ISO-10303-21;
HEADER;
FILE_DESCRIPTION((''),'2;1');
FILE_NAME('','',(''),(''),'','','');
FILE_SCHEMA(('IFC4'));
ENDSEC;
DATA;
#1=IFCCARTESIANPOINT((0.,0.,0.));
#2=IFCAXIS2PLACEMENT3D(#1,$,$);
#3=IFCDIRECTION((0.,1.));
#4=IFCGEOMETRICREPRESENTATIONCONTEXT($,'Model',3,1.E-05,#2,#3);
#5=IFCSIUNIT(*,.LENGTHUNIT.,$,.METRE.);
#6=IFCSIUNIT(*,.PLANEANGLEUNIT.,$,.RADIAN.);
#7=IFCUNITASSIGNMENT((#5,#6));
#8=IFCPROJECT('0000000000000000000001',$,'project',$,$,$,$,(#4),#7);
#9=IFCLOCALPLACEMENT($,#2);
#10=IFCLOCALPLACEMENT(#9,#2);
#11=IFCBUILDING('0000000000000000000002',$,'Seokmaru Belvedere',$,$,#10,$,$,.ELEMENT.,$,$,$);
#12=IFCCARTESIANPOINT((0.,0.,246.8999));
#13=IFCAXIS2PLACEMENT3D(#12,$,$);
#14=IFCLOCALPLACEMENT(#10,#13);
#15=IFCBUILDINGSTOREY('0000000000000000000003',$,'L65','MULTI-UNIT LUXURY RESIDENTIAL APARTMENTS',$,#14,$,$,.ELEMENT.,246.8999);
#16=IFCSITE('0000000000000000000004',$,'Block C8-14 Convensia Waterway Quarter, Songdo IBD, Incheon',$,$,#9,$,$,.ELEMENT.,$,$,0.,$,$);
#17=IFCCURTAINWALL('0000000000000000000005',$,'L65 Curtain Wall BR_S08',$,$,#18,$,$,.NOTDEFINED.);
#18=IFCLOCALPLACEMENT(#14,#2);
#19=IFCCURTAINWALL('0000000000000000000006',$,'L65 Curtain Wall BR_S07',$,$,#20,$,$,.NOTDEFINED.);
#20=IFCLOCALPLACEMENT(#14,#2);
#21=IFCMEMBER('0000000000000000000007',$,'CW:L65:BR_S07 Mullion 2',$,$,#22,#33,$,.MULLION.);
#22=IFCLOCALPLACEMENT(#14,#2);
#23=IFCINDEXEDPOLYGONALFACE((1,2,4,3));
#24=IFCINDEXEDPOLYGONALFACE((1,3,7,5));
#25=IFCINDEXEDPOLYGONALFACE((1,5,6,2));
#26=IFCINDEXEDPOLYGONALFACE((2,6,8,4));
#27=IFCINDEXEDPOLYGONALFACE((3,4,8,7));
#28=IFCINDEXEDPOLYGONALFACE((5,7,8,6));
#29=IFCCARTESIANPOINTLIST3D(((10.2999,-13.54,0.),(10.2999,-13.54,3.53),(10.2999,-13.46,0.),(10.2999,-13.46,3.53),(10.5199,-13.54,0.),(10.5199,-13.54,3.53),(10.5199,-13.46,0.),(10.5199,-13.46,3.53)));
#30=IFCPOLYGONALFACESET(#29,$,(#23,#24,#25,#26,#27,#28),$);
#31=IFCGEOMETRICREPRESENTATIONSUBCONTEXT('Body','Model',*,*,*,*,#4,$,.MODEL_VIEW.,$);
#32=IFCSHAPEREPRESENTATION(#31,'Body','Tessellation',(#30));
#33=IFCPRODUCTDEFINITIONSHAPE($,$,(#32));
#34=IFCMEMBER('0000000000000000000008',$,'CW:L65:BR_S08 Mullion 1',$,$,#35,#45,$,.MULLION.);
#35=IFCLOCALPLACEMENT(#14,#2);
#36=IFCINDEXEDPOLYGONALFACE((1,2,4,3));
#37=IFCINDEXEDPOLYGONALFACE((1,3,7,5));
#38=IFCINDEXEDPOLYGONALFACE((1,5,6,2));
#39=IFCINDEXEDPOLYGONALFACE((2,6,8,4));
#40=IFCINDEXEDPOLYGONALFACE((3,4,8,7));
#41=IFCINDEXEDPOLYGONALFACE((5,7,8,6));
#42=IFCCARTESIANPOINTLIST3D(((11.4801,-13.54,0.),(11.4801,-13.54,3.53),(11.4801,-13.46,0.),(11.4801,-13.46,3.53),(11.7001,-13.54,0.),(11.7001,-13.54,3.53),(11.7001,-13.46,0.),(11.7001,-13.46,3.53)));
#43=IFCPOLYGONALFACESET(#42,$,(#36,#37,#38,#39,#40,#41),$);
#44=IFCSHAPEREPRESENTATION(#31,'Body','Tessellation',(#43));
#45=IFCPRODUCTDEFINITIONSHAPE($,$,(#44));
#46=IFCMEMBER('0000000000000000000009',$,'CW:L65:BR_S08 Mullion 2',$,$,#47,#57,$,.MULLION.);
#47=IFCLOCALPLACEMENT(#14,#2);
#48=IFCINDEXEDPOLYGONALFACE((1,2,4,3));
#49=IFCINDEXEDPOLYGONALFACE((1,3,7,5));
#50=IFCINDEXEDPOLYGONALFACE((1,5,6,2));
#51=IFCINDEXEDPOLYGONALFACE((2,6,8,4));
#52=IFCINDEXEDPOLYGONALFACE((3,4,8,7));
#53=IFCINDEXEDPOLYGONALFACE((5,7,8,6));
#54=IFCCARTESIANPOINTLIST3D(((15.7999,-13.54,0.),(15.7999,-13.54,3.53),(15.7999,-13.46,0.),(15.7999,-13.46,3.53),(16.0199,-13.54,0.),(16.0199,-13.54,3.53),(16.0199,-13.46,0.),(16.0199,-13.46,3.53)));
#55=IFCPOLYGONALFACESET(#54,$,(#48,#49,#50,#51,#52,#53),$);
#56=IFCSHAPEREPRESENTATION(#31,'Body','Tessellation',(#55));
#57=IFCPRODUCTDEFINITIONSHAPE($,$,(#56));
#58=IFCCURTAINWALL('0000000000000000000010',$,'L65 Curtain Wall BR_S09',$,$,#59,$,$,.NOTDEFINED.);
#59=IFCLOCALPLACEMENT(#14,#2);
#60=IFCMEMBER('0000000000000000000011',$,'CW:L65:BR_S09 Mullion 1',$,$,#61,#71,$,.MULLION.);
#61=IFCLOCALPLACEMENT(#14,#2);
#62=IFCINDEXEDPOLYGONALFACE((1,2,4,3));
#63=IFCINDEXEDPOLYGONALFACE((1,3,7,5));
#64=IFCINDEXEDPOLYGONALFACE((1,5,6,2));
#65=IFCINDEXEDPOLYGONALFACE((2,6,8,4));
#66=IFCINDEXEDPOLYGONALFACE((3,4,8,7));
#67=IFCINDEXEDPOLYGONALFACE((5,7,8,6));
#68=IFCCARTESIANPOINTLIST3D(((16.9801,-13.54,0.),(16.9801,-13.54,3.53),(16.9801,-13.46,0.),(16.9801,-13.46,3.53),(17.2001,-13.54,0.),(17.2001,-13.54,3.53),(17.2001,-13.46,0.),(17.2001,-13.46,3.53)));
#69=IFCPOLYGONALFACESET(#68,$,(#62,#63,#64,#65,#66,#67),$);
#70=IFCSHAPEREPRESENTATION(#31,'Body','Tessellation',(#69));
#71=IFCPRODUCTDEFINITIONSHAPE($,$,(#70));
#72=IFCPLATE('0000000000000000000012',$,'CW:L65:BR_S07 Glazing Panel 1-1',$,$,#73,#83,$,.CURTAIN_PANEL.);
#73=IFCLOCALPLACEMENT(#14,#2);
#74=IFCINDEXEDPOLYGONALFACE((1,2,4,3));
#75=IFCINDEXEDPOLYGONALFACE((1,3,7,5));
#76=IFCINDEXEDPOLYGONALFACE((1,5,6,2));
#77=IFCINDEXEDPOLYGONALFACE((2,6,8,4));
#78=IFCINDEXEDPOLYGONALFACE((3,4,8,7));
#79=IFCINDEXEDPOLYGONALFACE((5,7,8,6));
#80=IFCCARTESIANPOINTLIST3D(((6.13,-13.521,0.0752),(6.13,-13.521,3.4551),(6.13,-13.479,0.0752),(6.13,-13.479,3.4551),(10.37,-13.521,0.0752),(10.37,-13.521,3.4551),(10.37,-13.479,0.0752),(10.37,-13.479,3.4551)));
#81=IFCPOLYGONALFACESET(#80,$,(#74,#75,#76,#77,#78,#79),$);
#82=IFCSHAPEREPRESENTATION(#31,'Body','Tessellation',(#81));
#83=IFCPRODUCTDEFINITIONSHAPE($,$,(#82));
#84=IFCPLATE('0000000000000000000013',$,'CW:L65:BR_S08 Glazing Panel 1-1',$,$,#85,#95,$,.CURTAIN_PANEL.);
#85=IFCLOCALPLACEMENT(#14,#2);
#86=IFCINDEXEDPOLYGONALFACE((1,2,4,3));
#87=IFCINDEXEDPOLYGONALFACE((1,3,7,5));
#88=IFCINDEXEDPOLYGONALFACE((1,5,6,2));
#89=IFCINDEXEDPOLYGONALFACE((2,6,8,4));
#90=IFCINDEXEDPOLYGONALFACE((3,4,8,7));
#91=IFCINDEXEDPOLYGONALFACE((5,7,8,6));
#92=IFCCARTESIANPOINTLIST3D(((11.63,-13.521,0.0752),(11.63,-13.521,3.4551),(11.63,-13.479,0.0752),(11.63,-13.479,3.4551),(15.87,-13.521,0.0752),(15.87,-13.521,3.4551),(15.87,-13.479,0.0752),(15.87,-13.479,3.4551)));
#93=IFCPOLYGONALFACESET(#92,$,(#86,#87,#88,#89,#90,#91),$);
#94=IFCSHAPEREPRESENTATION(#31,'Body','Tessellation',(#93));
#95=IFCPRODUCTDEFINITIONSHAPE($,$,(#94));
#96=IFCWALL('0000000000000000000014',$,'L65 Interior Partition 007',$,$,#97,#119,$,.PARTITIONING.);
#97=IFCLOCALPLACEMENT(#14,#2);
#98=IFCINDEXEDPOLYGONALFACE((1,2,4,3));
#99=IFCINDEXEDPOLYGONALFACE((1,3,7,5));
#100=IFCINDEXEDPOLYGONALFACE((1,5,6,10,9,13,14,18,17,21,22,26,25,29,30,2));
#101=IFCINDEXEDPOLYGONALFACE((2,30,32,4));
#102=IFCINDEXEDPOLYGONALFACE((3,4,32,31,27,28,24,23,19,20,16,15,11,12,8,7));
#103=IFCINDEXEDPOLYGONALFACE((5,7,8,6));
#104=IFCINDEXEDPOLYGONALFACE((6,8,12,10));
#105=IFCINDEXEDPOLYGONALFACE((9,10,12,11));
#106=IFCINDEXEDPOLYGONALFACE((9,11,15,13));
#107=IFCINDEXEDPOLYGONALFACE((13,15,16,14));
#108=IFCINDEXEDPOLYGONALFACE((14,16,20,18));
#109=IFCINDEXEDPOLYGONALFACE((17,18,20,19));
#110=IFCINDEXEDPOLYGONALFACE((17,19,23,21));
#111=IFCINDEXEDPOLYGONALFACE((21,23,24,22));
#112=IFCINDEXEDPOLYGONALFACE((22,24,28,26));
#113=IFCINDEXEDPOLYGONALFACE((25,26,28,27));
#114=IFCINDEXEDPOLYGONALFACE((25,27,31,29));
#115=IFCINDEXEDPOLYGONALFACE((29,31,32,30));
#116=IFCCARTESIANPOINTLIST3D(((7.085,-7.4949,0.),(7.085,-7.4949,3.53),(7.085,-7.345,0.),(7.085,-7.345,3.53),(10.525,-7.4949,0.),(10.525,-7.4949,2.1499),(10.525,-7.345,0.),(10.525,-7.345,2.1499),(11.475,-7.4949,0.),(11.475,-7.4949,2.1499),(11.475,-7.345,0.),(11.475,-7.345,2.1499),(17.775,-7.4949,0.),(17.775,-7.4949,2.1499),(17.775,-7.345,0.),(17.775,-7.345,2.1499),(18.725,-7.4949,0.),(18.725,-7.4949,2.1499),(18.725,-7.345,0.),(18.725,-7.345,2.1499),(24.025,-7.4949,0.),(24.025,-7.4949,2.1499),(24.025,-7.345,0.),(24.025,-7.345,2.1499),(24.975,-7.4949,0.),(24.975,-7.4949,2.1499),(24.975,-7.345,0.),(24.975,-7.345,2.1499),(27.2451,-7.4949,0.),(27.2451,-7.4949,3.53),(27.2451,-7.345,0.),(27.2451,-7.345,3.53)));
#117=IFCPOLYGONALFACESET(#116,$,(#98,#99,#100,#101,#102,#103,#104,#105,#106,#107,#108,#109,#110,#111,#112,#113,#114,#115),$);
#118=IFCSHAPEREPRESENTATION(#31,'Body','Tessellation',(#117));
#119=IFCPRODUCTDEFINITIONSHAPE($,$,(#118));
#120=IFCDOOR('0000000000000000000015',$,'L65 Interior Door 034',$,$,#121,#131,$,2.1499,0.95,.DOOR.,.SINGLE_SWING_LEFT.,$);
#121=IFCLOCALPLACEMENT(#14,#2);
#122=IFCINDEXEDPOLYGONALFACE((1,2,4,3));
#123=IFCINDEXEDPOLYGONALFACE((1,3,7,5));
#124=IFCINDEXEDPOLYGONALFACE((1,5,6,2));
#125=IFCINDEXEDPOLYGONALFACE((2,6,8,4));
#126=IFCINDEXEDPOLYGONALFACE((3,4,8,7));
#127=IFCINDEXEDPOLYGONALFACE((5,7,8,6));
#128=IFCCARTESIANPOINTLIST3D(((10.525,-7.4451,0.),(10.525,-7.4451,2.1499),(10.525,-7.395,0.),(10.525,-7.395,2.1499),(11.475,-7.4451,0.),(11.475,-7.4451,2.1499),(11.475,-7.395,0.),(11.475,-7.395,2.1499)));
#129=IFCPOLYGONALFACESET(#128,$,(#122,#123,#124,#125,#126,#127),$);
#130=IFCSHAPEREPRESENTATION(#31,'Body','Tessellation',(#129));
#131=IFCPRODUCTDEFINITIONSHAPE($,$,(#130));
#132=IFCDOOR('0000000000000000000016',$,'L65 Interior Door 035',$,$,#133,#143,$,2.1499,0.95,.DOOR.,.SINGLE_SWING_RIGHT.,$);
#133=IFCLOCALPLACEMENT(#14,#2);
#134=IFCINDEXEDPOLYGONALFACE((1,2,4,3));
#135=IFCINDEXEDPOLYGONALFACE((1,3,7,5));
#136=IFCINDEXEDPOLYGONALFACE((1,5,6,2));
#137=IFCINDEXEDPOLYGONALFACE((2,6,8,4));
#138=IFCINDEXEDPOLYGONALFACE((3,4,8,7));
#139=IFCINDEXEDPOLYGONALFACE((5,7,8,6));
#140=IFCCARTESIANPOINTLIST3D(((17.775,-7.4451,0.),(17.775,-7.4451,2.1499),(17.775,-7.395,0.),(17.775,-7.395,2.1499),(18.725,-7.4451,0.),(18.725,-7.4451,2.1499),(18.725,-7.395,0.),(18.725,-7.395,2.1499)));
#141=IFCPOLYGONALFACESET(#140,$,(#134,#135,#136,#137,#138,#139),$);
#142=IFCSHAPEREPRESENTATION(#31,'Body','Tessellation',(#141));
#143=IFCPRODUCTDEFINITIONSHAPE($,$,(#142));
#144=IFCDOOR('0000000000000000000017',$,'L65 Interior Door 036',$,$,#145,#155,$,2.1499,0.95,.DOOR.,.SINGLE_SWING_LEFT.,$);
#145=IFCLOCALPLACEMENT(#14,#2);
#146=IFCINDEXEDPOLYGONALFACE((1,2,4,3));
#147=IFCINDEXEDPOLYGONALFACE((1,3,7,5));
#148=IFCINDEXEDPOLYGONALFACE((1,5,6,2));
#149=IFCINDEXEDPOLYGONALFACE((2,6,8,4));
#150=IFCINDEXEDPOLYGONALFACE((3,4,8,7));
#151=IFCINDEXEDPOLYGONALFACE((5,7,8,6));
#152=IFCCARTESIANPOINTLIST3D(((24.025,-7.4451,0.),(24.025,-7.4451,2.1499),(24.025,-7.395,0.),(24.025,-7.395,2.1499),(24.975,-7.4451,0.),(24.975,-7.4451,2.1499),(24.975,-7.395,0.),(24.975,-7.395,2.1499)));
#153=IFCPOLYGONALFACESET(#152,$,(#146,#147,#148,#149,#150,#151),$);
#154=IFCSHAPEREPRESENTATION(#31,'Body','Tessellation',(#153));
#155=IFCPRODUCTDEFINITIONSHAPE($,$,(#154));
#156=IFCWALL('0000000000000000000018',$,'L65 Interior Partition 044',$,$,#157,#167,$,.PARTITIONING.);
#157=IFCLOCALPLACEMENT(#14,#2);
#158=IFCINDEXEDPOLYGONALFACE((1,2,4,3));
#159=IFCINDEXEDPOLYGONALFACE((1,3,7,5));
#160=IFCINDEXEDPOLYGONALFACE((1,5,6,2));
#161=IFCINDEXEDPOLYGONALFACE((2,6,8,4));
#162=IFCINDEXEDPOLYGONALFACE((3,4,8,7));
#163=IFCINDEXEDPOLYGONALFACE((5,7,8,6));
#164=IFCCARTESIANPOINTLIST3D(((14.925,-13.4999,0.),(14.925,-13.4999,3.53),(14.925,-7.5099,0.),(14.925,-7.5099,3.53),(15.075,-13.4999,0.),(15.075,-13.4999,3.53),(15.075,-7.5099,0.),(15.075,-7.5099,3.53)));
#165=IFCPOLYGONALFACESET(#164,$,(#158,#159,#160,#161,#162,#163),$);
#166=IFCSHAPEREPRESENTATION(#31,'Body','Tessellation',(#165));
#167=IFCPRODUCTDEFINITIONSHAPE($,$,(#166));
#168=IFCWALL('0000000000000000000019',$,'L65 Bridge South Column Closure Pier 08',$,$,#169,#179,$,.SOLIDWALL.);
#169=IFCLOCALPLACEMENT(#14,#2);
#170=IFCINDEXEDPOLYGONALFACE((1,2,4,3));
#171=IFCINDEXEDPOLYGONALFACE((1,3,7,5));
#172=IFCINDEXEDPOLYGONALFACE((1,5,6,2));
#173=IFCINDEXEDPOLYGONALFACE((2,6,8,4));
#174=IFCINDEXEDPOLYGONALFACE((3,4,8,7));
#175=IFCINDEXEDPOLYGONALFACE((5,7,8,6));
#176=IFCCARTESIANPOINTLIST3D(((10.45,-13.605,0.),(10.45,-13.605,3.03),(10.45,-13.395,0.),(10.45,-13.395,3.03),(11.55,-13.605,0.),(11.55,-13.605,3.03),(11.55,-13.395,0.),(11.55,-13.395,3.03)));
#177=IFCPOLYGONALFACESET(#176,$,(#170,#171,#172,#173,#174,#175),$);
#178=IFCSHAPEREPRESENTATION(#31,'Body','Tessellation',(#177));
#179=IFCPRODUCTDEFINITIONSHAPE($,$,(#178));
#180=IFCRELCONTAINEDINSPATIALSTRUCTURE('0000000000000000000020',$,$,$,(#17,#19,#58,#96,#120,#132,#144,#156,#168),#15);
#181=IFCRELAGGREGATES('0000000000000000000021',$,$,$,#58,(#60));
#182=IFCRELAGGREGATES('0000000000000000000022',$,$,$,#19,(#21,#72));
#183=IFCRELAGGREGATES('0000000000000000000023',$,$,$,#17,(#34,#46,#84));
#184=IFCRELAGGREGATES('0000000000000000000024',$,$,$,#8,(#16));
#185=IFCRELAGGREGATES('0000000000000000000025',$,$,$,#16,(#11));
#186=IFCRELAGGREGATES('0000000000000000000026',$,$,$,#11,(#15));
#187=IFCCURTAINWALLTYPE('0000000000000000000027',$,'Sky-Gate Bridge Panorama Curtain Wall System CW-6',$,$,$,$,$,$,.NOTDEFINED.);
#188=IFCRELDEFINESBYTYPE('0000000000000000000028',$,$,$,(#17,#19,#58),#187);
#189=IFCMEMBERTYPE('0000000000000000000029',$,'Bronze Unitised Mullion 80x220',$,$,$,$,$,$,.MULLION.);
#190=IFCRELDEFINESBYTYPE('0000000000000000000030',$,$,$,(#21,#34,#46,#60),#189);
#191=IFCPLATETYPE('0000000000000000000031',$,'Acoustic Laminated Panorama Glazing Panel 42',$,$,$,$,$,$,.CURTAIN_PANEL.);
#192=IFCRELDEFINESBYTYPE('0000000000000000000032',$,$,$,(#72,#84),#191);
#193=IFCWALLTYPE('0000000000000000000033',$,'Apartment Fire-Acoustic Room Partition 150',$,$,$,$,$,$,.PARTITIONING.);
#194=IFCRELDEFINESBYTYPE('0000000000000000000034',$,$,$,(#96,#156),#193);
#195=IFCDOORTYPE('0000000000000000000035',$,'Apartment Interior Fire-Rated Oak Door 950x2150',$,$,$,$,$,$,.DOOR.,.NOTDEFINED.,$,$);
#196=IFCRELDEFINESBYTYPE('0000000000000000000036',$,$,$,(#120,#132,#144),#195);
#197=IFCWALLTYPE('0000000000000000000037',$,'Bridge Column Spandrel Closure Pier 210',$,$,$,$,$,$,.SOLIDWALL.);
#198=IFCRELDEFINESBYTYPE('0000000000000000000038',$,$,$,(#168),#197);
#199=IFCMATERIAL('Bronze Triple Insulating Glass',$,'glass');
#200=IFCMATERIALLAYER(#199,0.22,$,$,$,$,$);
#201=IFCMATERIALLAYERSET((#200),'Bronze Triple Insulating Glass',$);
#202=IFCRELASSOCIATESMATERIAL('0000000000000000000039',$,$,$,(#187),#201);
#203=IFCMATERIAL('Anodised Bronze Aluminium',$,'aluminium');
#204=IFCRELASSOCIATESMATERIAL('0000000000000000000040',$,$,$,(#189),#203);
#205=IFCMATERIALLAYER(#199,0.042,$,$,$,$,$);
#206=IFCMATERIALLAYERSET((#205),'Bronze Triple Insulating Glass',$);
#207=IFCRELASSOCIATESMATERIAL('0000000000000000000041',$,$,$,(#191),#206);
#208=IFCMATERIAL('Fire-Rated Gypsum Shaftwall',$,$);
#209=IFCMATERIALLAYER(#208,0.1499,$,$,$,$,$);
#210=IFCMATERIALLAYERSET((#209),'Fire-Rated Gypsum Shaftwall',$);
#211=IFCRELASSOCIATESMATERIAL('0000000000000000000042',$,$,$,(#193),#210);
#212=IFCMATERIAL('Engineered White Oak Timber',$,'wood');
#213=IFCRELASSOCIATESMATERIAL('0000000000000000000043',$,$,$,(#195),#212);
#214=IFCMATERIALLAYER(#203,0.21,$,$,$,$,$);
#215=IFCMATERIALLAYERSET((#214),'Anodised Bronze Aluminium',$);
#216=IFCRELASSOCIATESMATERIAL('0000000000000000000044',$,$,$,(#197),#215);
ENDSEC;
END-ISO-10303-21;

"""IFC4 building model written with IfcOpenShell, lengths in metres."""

from ifc_helpers import new_model, si_unit, direction, frame, frame_2d, origin, origin_2d, place, context, subcontext, project, spatial, rectangle, extrude, source, transform, mapped, material, layer, layer_set, material_profile, profile_set, type_object, type_shapes, element, fill, aggregate, save


model = new_model("IFC4")

# Units and contexts
model_context = context("Model", 3, precision=1e-05, world=origin(), true_north=direction((0.0, 1.0)))
body_context = subcontext(model_context, "Body", "Model", "MODEL_VIEW")
ifc_project = project(units=[si_unit("LENGTHUNIT", "METRE"), si_unit("PLANEANGLEUNIT", "RADIAN")], contexts=[model_context])

# Site, building, storey
site_placement = place(None, origin())
site = spatial("IfcSite", under=ifc_project, at=site_placement, Name="Block C8-14 Convensia Waterway Quarter, Songdo IBD, Incheon", CompositionType="ELEMENT", RefElevation=0.0)
building_placement = place(site_placement, origin())
building = spatial("IfcBuilding", under=site, at=building_placement, Name="Seokmaru Belvedere", CompositionType="ELEMENT")
storey_placement = place(building_placement, frame((0.0, 0.0, 246.8999)))
storey = spatial("IfcBuildingStorey", under=building, at=storey_placement, Name="L65", Description="MULTI-UNIT LUXURY RESIDENTIAL APARTMENTS", CompositionType="ELEMENT", Elevation=246.8999)

# Curtain wall
ifc_material_1 = material(Name="Bronze Triple Insulating Glass", Category="glass")
ifc_layer_1 = layer(ifc_material_1, 0.22)
ifc_layer_set_1 = layer_set([ifc_layer_1], Name="Bronze Triple Insulating Glass")
curtain_wall_type = type_object("IfcCurtainWallType", Name="Sky-Gate Bridge Panorama Curtain Wall System CW-6", PredefinedType="NOTDEFINED", material=ifc_layer_set_1)
curtain_wall_1_placement = place(storey_placement, origin())
curtain_wall_1 = element("IfcCurtainWall", 1, at=curtain_wall_1_placement, inside=storey, type_object=curtain_wall_type, Name="L65 Curtain Wall BR_S08", PredefinedType="NOTDEFINED")
ifc_material_2 = material(Name="Anodised Bronze Aluminium", Category="aluminium")

# Curtain wall, member
curtain_wall_2_placement = place(storey_placement, origin())
curtain_wall_2 = element("IfcCurtainWall", 2, at=curtain_wall_2_placement, inside=storey, type_object=curtain_wall_type, Name="L65 Curtain Wall BR_S07", PredefinedType="NOTDEFINED")
ifc_material_profile_1 = material_profile(ifc_material_2, rectangle(XDim=0.0801, YDim=0.22, at=origin_2d()), Name="CW-M-80x220")
ifc_profile_set_1 = profile_set([ifc_material_profile_1], Name="Anodised Bronze Aluminium")
member_type_1 = type_object("IfcMemberType", Name="Bronze Unitised Mullion 80x220", PredefinedType="MULLION", material=ifc_profile_set_1)
shared_shape_1 = source(origin(), body_context, "Body", "SweptSolid", [
    extrude(rectangle(XDim=0.0801, YDim=0.22, at=origin_2d()), origin(), (0.0, 0.0, 1.0), 3.53),
])
type_shapes(member_type_1, [shared_shape_1])
member_1_placement = place(storey_placement, frame((10.4099, -13.5, 0.0), z_axis=(0.0, 0.0, 1.0), x_axis=(0.0, 1.0, 0.0)))
member_1 = element("IfcMember", 3, at=member_1_placement, type_object=member_type_1, Name="CW:L65:BR_S07 Mullion 2", PredefinedType="MULLION", context=body_context, shape_type="MappedRepresentation", body=[
    mapped(shared_shape_1, transform((0.0, 0.0, 0.0), scale=1.0)),
])

# Members
member_2_placement = place(storey_placement, frame((11.5901, -13.5, 0.0), z_axis=(0.0, 0.0, 1.0), x_axis=(0.0, 1.0, 0.0)))
member_2 = element("IfcMember", 4, at=member_2_placement, type_object=member_type_1, Name="CW:L65:BR_S08 Mullion 1", PredefinedType="MULLION", context=body_context, shape_type="MappedRepresentation", body=[
    mapped(shared_shape_1, transform((0.0, 0.0, 0.0), scale=1.0)),
])
member_3_placement = place(storey_placement, frame((15.9099, -13.5, 0.0), z_axis=(0.0, 0.0, 1.0), x_axis=(0.0, 1.0, 0.0)))
member_3 = element("IfcMember", 5, at=member_3_placement, type_object=member_type_1, Name="CW:L65:BR_S08 Mullion 2", PredefinedType="MULLION", context=body_context, shape_type="MappedRepresentation", body=[
    mapped(shared_shape_1, transform((0.0, 0.0, 0.0), scale=1.0)),
])

# Curtain wall, member
curtain_wall_3_placement = place(storey_placement, origin())
curtain_wall_3 = element("IfcCurtainWall", 6, at=curtain_wall_3_placement, inside=storey, type_object=curtain_wall_type, Name="L65 Curtain Wall BR_S09", PredefinedType="NOTDEFINED")
member_4_placement = place(storey_placement, frame((17.0901, -13.5, 0.0), z_axis=(0.0, 0.0, 1.0), x_axis=(0.0, 1.0, 0.0)))
member_4 = element("IfcMember", 7, at=member_4_placement, type_object=member_type_1, Name="CW:L65:BR_S09 Mullion 1", PredefinedType="MULLION", context=body_context, shape_type="MappedRepresentation", body=[
    mapped(shared_shape_1, transform((0.0, 0.0, 0.0), scale=1.0)),
])
aggregate(curtain_wall_3, [member_4])

# Plates
ifc_layer_2 = layer(ifc_material_1, 0.042)
ifc_layer_set_2 = layer_set([ifc_layer_2], Name="Bronze Triple Insulating Glass")
plate_type = type_object("IfcPlateType", Name="Acoustic Laminated Panorama Glazing Panel 42", PredefinedType="CURTAIN_PANEL", material=ifc_layer_set_2)
shared_shape_2 = source(origin(), body_context, "Body", "SweptSolid", [
    extrude(rectangle(XDim=4.24, YDim=0.042, at=origin_2d()), origin(), (0.0, 0.0, 1.0), 3.3799),
])
type_shapes(plate_type, [shared_shape_2])
plate_1_placement = place(storey_placement, frame((8.25, -13.5, 0.0752), z_axis=(0.0, 0.0, 1.0), x_axis=(1.0, 0.0, 0.0)))
plate_1 = element("IfcPlate", 8, at=plate_1_placement, type_object=plate_type, Name="CW:L65:BR_S07 Glazing Panel 1-1", PredefinedType="CURTAIN_PANEL", context=body_context, shape_type="MappedRepresentation", body=[
    mapped(shared_shape_2, transform((0.0, 0.0, 0.0), scale=1.0)),
])
aggregate(curtain_wall_2, [member_1, plate_1])
plate_2_placement = place(storey_placement, frame((13.75, -13.5, 0.0752), z_axis=(0.0, 0.0, 1.0), x_axis=(1.0, 0.0, 0.0)))
plate_2 = element("IfcPlate", 9, at=plate_2_placement, type_object=plate_type, Name="CW:L65:BR_S08 Glazing Panel 1-1", PredefinedType="CURTAIN_PANEL", context=body_context, shape_type="MappedRepresentation", body=[
    mapped(shared_shape_2, transform((0.0, 0.0, 0.0), scale=1.0)),
])
aggregate(curtain_wall_1, [member_2, member_3, plate_2])

# Wall, openings, doors
ifc_material_3 = material(Name="Fire-Rated Gypsum Shaftwall")
ifc_layer_3 = layer(ifc_material_3, 0.1499)
ifc_layer_set_3 = layer_set([ifc_layer_3], Name="Fire-Rated Gypsum Shaftwall")
wall_type_1 = type_object("IfcWallType", Name="Apartment Fire-Acoustic Room Partition 150", PredefinedType="PARTITIONING", material=ifc_layer_set_3)
wall_1_placement = place(storey_placement, frame((7.085, -7.4199, 0.0), z_axis=(0.0, 0.0, 1.0), x_axis=(1.0, 0.0, 0.0)))
wall_1 = element("IfcWall", 10, at=wall_1_placement, inside=storey, type_object=wall_type_1, Name="L65 Interior Partition 007", PredefinedType="PARTITIONING", context=body_context, shape_type="SweptSolid", body=[
    extrude(rectangle(XDim=20.1602, YDim=0.1499, at=frame_2d((10.0801, 0.0))), origin(), (0.0, 0.0, 1.0), 3.53),
])
opening_1_placement = place(wall_1_placement, frame((3.4399, 0.0, 0.0)))
opening_1 = element("IfcOpeningElement", 11, at=opening_1_placement, cuts=wall_1, PredefinedType="OPENING", context=body_context, shape_type="SweptSolid", body=[
    extrude(rectangle(XDim=0.95, YDim=2.1499, at=frame_2d((0.4751, 1.075))), frame((0.0, 0.085, 0.0), z_axis=(0.0, -1.0, 0.0), x_axis=(1.0, 0.0, 0.0)), (0.0, 0.0, 1.0), 0.1699),
])
opening_2_placement = place(wall_1_placement, frame((10.6899, 0.0, 0.0)))
opening_2 = element("IfcOpeningElement", 12, at=opening_2_placement, cuts=wall_1, PredefinedType="OPENING", context=body_context, shape_type="SweptSolid", body=[
    extrude(rectangle(XDim=0.95, YDim=2.1499, at=frame_2d((0.4751, 1.075))), frame((0.0, 0.085, 0.0), z_axis=(0.0, -1.0, 0.0), x_axis=(1.0, 0.0, 0.0)), (0.0, 0.0, 1.0), 0.1699),
])
opening_3_placement = place(wall_1_placement, frame((16.9399, 0.0, 0.0)))
opening_3 = element("IfcOpeningElement", 13, at=opening_3_placement, cuts=wall_1, PredefinedType="OPENING", context=body_context, shape_type="SweptSolid", body=[
    extrude(rectangle(XDim=0.95, YDim=2.1499, at=frame_2d((0.4751, 1.075))), frame((0.0, 0.085, 0.0), z_axis=(0.0, -1.0, 0.0), x_axis=(1.0, 0.0, 0.0)), (0.0, 0.0, 1.0), 0.1699),
])
ifc_material_4 = material(Name="Engineered White Oak Timber", Category="wood")
door_type = type_object("IfcDoorType", Name="Apartment Interior Fire-Rated Oak Door 950x2150", OperationType="NOTDEFINED", PredefinedType="DOOR", material=ifc_material_4)
shared_shape_3 = source(origin(), body_context, "Body", "SweptSolid", [
    extrude(rectangle(XDim=0.95, YDim=2.1499, at=frame_2d((0.4751, 1.075))), frame((0.0, 0.0249, 0.0), z_axis=(0.0, -1.0, 0.0), x_axis=(1.0, 0.0, 0.0)), (0.0, 0.0, 1.0), 0.05),
])
type_shapes(door_type, [shared_shape_3])
door_1_placement = place(opening_1_placement, origin())
door_1 = element("IfcDoor", 14, at=door_1_placement, inside=storey, type_object=door_type, Name="L65 Interior Door 034", OperationType="SINGLE_SWING_LEFT", OverallHeight=2.1499, OverallWidth=0.95, PredefinedType="DOOR", context=body_context, shape_type="MappedRepresentation", body=[
    mapped(shared_shape_3, transform((0.0, 0.0, 0.0), scale=1.0)),
])
fill(opening_1, door_1)
door_2_placement = place(opening_2_placement, origin())
door_2 = element("IfcDoor", 15, at=door_2_placement, inside=storey, type_object=door_type, Name="L65 Interior Door 035", OperationType="SINGLE_SWING_RIGHT", OverallHeight=2.1499, OverallWidth=0.95, PredefinedType="DOOR", context=body_context, shape_type="MappedRepresentation", body=[
    mapped(shared_shape_3, transform((0.0, 0.0, 0.0), scale=1.0)),
])
fill(opening_2, door_2)
door_3_placement = place(opening_3_placement, origin())
door_3 = element("IfcDoor", 16, at=door_3_placement, inside=storey, type_object=door_type, Name="L65 Interior Door 036", OperationType="SINGLE_SWING_LEFT", OverallHeight=2.1499, OverallWidth=0.95, PredefinedType="DOOR", context=body_context, shape_type="MappedRepresentation", body=[
    mapped(shared_shape_3, transform((0.0, 0.0, 0.0), scale=1.0)),
])
fill(opening_3, door_3)

# Walls
wall_2_placement = place(storey_placement, frame((15.0, -13.5, 0.0), z_axis=(0.0, 0.0, 1.0), x_axis=(0.0, 1.0, 0.0)))
element("IfcWall", 17, at=wall_2_placement, inside=storey, type_object=wall_type_1, Name="L65 Interior Partition 044", PredefinedType="PARTITIONING", context=body_context, shape_type="SweptSolid", body=[
    extrude(rectangle(XDim=5.99, YDim=0.1499, at=frame_2d((2.9951, 0.0))), origin(), (0.0, 0.0, 1.0), 3.53),
])
ifc_layer_4 = layer(ifc_material_2, 0.21)
ifc_layer_set_4 = layer_set([ifc_layer_4], Name="Anodised Bronze Aluminium")
wall_type_2 = type_object("IfcWallType", Name="Bridge Column Spandrel Closure Pier 210", PredefinedType="SOLIDWALL", material=ifc_layer_set_4)
for number, where, z_axis, x_axis, name in (
    (18, (10.45, -13.5, 0.0), (0.0, 0.0, 1.0), (1.0, 0.0, 0.0), "L65 Bridge South Column Closure Pier 08"),
):
    element("IfcWall", number, at=place(storey_placement, frame(where, z_axis=z_axis, x_axis=x_axis)), inside=storey, type_object=wall_type_2, Name=name, PredefinedType="SOLIDWALL", context=body_context, shape_type="SweptSolid", body=[
        extrude(rectangle(XDim=1.1001, YDim=0.21, at=frame_2d((0.55, 0.0))), origin(), (0.0, 0.0, 1.0), 3.03),
    ])

save(model, "model.ifc")
